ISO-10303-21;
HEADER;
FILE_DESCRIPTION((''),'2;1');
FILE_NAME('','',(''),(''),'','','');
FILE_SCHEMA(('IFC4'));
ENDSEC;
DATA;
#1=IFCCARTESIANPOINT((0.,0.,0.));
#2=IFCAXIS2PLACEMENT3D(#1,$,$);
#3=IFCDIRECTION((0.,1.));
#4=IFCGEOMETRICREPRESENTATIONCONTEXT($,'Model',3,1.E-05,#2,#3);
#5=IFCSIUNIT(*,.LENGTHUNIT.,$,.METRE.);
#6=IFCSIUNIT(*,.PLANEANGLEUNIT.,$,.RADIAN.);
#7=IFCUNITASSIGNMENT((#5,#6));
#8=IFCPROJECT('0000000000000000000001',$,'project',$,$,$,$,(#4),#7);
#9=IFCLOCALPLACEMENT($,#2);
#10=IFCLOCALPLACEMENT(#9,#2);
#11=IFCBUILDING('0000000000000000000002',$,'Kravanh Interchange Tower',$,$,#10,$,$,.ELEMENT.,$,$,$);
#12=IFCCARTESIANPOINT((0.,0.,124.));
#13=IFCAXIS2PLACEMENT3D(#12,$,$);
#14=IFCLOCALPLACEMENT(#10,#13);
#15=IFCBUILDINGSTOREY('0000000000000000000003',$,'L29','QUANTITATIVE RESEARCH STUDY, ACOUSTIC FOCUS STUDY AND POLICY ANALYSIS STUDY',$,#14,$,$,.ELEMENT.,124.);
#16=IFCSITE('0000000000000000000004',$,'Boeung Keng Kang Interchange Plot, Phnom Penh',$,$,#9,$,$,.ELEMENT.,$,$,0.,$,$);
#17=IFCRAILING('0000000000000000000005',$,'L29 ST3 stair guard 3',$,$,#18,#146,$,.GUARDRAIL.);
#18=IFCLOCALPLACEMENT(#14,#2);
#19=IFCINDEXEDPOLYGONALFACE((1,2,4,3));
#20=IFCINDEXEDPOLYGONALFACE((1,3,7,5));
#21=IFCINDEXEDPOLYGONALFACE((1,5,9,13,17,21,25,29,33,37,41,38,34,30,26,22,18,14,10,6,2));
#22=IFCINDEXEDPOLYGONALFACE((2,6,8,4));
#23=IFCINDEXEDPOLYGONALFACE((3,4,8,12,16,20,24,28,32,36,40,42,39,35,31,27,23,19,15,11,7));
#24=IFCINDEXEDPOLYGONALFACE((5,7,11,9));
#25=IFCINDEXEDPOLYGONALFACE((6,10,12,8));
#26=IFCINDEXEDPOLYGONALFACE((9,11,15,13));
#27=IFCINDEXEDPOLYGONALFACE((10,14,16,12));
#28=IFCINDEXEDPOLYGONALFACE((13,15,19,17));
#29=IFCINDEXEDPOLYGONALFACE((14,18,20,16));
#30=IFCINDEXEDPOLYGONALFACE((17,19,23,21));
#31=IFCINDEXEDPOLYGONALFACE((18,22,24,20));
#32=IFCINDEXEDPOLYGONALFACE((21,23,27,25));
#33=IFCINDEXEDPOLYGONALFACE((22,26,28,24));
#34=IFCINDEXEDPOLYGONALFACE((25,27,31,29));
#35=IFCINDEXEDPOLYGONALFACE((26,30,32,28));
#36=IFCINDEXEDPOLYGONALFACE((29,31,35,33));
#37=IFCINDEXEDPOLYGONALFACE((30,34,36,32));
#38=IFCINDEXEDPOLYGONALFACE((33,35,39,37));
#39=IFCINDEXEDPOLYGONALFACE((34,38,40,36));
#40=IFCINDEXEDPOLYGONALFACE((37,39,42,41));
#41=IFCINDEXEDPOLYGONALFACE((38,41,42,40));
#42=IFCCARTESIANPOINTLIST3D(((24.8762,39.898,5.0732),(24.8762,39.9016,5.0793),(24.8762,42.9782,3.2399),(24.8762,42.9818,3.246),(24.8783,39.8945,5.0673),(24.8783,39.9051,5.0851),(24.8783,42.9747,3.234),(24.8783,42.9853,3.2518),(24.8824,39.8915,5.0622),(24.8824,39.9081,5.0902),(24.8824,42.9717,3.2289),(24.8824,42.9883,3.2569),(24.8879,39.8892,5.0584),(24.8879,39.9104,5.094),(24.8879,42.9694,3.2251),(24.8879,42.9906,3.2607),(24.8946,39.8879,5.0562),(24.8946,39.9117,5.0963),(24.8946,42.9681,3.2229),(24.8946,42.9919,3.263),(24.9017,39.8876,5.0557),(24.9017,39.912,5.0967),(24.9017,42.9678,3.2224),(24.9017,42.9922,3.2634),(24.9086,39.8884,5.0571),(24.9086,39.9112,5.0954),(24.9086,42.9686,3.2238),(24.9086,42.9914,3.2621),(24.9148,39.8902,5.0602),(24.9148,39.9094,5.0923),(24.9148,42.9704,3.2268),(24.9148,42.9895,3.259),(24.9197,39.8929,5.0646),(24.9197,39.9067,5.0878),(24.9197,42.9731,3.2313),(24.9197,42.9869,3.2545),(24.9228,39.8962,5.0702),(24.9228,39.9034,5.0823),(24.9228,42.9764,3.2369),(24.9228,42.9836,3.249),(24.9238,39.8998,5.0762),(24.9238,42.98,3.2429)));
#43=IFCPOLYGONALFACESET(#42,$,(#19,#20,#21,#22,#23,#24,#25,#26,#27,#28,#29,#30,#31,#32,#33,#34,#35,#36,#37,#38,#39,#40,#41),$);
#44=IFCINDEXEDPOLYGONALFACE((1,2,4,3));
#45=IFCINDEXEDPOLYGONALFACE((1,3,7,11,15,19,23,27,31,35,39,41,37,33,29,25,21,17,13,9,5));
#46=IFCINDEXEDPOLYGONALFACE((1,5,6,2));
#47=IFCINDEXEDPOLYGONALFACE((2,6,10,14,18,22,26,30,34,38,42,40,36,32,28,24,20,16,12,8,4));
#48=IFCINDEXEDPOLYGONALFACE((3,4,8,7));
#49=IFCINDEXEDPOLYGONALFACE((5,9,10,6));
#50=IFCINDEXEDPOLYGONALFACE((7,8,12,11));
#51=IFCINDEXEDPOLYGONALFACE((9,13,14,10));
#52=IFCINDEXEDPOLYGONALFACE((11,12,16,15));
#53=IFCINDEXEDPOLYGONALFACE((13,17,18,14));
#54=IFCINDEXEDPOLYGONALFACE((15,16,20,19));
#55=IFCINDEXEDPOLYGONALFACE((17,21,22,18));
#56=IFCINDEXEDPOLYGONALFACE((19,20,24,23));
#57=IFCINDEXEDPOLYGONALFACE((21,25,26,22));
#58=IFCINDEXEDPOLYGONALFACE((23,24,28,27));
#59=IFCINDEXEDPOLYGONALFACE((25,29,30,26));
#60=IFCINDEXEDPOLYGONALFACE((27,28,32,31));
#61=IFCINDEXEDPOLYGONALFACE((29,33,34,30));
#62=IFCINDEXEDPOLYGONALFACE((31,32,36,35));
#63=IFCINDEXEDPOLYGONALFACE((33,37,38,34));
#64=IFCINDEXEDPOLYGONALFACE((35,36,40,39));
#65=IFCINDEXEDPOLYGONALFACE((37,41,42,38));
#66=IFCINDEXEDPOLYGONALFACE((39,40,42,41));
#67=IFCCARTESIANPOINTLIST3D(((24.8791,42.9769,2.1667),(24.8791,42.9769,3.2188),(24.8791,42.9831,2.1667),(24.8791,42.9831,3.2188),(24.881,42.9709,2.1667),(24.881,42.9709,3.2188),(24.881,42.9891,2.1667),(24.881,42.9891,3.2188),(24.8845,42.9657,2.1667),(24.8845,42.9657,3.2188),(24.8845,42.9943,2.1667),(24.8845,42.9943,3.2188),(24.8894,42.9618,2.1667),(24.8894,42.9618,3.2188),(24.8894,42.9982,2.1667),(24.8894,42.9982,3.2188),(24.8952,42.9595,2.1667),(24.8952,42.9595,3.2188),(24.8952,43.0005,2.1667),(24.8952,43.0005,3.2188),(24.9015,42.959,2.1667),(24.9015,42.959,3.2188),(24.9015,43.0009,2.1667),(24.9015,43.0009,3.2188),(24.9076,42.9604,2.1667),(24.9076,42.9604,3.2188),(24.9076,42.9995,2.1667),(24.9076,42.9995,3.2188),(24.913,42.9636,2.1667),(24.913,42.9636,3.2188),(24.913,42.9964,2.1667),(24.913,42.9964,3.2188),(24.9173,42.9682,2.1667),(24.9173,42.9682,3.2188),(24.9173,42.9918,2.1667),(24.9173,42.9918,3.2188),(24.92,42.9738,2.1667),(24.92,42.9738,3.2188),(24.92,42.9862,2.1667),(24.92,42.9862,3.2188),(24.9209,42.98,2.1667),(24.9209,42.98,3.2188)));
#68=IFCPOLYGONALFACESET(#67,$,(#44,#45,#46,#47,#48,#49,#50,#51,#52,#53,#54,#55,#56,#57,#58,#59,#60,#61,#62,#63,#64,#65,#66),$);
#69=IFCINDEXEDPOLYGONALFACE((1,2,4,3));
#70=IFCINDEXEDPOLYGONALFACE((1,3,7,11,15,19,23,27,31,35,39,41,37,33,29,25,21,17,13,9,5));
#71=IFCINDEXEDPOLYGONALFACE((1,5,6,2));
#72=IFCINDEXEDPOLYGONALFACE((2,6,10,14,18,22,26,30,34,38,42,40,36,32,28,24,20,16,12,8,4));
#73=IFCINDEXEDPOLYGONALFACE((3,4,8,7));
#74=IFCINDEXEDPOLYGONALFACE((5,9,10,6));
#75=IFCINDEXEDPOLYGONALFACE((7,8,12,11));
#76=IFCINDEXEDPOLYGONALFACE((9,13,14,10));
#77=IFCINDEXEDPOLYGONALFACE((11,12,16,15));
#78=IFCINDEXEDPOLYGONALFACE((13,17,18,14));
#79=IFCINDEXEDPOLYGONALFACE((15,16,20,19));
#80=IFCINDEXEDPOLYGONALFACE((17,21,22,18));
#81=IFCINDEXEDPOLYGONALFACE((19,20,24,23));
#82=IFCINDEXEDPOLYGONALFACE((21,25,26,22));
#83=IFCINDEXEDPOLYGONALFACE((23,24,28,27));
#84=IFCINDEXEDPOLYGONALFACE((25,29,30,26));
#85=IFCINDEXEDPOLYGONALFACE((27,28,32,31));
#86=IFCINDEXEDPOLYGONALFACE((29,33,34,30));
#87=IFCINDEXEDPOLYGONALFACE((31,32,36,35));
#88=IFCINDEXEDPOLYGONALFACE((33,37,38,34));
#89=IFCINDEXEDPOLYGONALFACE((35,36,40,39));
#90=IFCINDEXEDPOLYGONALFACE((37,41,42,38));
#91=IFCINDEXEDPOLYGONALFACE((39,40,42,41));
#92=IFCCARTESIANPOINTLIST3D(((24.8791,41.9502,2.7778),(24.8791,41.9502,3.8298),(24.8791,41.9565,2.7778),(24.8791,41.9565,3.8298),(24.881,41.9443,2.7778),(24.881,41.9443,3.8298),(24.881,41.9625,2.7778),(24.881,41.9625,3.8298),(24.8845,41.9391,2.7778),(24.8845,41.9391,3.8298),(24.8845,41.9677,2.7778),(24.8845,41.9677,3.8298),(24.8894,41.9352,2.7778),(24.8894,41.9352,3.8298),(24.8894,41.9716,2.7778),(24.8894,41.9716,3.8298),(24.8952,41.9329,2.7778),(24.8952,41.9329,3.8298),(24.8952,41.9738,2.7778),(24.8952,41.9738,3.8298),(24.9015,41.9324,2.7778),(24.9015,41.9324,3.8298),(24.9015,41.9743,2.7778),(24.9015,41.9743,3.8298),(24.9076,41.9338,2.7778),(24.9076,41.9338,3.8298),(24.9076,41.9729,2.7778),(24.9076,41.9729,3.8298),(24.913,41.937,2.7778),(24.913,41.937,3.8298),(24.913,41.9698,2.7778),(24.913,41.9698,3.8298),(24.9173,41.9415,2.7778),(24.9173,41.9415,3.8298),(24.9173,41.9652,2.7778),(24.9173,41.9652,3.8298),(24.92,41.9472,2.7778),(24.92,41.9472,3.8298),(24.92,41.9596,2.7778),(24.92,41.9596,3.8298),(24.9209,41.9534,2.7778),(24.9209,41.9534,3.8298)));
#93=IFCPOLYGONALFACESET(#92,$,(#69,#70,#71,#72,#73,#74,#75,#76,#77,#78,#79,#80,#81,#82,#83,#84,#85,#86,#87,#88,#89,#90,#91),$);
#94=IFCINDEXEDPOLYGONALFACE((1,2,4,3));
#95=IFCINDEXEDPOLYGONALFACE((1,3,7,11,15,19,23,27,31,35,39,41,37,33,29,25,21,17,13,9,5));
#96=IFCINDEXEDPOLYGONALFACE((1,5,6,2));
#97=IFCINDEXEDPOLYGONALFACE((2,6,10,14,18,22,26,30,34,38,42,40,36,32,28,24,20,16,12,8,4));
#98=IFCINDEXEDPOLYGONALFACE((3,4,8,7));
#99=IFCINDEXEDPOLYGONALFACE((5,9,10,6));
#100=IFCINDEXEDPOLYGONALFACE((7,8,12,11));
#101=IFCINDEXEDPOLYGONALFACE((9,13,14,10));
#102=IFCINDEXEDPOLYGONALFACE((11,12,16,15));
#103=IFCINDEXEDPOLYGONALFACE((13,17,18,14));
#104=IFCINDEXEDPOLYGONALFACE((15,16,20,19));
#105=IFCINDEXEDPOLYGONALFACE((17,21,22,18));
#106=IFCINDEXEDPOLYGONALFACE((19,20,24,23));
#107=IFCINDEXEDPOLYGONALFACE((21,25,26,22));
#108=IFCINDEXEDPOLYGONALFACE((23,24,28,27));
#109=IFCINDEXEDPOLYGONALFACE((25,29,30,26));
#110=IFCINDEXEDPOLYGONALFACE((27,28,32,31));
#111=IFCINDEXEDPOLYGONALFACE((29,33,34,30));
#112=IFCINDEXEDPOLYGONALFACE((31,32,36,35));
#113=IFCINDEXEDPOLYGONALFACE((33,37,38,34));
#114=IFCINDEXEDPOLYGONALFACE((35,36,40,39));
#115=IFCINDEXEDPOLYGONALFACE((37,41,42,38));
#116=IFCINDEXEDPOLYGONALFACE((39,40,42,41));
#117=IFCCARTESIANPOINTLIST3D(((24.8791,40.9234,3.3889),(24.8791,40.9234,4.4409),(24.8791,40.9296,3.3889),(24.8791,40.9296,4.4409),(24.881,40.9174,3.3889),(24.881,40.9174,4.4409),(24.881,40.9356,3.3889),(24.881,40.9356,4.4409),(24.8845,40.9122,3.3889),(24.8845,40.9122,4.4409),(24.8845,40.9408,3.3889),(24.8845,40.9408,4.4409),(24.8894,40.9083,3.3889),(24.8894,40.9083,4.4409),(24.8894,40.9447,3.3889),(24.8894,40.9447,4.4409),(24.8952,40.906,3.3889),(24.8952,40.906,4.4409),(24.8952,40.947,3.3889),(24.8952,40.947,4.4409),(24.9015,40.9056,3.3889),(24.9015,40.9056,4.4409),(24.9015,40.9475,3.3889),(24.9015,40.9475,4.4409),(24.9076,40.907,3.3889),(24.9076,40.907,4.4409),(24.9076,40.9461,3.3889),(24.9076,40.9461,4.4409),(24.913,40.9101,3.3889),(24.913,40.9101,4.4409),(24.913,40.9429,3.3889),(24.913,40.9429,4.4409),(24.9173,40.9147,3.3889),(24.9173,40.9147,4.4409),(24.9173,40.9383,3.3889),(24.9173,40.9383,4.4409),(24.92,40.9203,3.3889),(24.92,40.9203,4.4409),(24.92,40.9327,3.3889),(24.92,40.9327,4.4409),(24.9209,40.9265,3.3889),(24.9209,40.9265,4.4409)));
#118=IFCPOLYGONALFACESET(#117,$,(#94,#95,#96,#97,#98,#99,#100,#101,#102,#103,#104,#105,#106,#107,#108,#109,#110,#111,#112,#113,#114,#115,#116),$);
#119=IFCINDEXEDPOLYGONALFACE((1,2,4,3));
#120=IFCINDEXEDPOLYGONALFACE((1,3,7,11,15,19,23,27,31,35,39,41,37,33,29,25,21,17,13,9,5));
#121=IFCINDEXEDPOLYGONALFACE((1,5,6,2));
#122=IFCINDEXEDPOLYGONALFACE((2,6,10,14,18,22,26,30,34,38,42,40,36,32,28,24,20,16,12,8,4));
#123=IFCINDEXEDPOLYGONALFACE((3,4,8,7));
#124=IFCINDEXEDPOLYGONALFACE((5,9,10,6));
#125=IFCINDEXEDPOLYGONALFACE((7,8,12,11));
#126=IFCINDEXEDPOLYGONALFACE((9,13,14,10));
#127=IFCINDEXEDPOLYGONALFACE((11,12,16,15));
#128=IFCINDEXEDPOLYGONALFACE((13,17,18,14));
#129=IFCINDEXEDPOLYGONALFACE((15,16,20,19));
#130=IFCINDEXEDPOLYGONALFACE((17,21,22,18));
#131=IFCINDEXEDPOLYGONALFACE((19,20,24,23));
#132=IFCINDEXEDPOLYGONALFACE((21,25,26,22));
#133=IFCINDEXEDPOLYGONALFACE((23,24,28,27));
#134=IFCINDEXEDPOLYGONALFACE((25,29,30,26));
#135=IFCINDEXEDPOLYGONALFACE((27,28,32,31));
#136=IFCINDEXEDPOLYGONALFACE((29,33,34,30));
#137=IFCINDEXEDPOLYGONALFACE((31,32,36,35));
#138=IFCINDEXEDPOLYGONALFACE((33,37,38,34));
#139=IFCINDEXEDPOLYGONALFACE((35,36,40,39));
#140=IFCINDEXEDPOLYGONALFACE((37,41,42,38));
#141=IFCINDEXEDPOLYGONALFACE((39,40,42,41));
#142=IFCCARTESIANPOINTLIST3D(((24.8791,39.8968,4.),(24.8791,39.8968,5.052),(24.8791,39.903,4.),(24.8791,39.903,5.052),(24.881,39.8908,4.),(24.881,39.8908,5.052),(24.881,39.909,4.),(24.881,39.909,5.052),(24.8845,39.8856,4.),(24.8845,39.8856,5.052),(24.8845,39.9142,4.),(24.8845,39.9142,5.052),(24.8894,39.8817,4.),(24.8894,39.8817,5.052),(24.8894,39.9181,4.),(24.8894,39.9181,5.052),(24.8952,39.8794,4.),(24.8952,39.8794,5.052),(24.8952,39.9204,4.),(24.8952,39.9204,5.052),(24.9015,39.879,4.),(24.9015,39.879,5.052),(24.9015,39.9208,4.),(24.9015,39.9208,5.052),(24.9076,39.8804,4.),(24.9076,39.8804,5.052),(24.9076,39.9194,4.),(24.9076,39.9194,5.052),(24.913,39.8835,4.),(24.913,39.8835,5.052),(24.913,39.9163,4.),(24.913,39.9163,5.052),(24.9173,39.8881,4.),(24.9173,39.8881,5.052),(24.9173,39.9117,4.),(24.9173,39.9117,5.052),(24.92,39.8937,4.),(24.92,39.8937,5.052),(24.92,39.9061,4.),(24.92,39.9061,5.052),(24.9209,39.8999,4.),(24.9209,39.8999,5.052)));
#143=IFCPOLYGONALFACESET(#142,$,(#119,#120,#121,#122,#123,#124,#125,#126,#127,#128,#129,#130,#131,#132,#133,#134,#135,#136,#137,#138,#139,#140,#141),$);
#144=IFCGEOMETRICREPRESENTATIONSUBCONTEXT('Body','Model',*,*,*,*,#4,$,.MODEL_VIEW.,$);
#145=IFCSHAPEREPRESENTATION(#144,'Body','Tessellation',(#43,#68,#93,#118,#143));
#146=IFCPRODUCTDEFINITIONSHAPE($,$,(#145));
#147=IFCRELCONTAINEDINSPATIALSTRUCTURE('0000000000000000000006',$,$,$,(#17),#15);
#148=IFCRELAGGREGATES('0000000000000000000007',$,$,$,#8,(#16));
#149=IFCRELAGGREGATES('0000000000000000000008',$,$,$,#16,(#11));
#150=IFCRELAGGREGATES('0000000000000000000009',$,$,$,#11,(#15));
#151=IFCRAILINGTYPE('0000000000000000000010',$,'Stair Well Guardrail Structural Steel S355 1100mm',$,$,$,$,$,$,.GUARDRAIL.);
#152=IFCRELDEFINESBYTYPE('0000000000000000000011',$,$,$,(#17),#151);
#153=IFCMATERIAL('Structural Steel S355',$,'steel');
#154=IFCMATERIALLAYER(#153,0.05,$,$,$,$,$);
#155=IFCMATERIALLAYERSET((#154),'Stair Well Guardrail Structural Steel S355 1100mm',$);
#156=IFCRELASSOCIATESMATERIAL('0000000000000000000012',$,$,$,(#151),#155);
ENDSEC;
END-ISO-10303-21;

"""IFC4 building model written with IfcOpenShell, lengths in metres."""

from ifc_helpers import new_model, si_unit, direction, frame, origin, origin_2d, place, context, subcontext, project, spatial, circle, extrude, material, layer, layer_set, type_object, element, save


model = new_model("IFC4")

# Units and contexts
model_context = context("Model", 3, precision=1e-05, world=origin(), true_north=direction((0.0, 1.0)))
body_context = subcontext(model_context, "Body", "Model", "MODEL_VIEW")
ifc_project = project(units=[si_unit("LENGTHUNIT", "METRE"), si_unit("PLANEANGLEUNIT", "RADIAN")], contexts=[model_context])

# Site, building, storey
site_placement = place(None, origin())
site = spatial("IfcSite", under=ifc_project, at=site_placement, Name="Boeung Keng Kang Interchange Plot, Phnom Penh", CompositionType="ELEMENT", RefElevation=0.0)
building_placement = place(site_placement, origin())
building = spatial("IfcBuilding", under=site, at=building_placement, Name="Kravanh Interchange Tower", CompositionType="ELEMENT")
storey_placement = place(building_placement, frame((0.0, 0.0, 124.0)))
storey = spatial("IfcBuildingStorey", under=building, at=storey_placement, Name="L29", Description="QUANTITATIVE RESEARCH STUDY, ACOUSTIC FOCUS STUDY AND POLICY ANALYSIS STUDY", CompositionType="ELEMENT", Elevation=124.0)

# Railing
ifc_material_1 = material(Name="Structural Steel S355", Category="steel")
ifc_layer_1 = layer(ifc_material_1, 0.05)
ifc_layer_set_1 = layer_set([ifc_layer_1], Name="Stair Well Guardrail Structural Steel S355 1100mm")
railing_type_1 = type_object("IfcRailingType", Name="Stair Well Guardrail Structural Steel S355 1100mm", PredefinedType="GUARDRAIL", material=ifc_layer_set_1)
railing_1_placement = place(storey_placement, frame((24.8999, 42.98, 2.1667)))
element("IfcRailing", 1, at=railing_1_placement, inside=storey, type_object=railing_type_1, Name="L29 ST3 stair guard 3", PredefinedType="GUARDRAIL", context=body_context, shape_type="SweptSolid", body=[
    extrude(circle(Radius=0.0239, at=origin_2d()), frame((0.0, 0.0, 1.0762), z_axis=(0.0, -0.859309, 0.511458), x_axis=(1.0, 0.0, 0.0)), (0.0, 0.0, 1.0), 3.5845),
    extrude(circle(Radius=0.021, at=origin_2d()), origin(), (0.0, 0.0, 1.0), 1.052),
    extrude(circle(Radius=0.021, at=origin_2d()), frame((0.0, -1.0266, 0.6111)), (0.0, 0.0, 1.0), 1.052),
    extrude(circle(Radius=0.021, at=origin_2d()), frame((0.0, -2.0535, 1.2222)), (0.0, 0.0, 1.0), 1.052),
    extrude(circle(Radius=0.021, at=origin_2d()), frame((0.0, -3.0801, 1.8333)), (0.0, 0.0, 1.0), 1.052),
])

save(model, "model.ifc")
